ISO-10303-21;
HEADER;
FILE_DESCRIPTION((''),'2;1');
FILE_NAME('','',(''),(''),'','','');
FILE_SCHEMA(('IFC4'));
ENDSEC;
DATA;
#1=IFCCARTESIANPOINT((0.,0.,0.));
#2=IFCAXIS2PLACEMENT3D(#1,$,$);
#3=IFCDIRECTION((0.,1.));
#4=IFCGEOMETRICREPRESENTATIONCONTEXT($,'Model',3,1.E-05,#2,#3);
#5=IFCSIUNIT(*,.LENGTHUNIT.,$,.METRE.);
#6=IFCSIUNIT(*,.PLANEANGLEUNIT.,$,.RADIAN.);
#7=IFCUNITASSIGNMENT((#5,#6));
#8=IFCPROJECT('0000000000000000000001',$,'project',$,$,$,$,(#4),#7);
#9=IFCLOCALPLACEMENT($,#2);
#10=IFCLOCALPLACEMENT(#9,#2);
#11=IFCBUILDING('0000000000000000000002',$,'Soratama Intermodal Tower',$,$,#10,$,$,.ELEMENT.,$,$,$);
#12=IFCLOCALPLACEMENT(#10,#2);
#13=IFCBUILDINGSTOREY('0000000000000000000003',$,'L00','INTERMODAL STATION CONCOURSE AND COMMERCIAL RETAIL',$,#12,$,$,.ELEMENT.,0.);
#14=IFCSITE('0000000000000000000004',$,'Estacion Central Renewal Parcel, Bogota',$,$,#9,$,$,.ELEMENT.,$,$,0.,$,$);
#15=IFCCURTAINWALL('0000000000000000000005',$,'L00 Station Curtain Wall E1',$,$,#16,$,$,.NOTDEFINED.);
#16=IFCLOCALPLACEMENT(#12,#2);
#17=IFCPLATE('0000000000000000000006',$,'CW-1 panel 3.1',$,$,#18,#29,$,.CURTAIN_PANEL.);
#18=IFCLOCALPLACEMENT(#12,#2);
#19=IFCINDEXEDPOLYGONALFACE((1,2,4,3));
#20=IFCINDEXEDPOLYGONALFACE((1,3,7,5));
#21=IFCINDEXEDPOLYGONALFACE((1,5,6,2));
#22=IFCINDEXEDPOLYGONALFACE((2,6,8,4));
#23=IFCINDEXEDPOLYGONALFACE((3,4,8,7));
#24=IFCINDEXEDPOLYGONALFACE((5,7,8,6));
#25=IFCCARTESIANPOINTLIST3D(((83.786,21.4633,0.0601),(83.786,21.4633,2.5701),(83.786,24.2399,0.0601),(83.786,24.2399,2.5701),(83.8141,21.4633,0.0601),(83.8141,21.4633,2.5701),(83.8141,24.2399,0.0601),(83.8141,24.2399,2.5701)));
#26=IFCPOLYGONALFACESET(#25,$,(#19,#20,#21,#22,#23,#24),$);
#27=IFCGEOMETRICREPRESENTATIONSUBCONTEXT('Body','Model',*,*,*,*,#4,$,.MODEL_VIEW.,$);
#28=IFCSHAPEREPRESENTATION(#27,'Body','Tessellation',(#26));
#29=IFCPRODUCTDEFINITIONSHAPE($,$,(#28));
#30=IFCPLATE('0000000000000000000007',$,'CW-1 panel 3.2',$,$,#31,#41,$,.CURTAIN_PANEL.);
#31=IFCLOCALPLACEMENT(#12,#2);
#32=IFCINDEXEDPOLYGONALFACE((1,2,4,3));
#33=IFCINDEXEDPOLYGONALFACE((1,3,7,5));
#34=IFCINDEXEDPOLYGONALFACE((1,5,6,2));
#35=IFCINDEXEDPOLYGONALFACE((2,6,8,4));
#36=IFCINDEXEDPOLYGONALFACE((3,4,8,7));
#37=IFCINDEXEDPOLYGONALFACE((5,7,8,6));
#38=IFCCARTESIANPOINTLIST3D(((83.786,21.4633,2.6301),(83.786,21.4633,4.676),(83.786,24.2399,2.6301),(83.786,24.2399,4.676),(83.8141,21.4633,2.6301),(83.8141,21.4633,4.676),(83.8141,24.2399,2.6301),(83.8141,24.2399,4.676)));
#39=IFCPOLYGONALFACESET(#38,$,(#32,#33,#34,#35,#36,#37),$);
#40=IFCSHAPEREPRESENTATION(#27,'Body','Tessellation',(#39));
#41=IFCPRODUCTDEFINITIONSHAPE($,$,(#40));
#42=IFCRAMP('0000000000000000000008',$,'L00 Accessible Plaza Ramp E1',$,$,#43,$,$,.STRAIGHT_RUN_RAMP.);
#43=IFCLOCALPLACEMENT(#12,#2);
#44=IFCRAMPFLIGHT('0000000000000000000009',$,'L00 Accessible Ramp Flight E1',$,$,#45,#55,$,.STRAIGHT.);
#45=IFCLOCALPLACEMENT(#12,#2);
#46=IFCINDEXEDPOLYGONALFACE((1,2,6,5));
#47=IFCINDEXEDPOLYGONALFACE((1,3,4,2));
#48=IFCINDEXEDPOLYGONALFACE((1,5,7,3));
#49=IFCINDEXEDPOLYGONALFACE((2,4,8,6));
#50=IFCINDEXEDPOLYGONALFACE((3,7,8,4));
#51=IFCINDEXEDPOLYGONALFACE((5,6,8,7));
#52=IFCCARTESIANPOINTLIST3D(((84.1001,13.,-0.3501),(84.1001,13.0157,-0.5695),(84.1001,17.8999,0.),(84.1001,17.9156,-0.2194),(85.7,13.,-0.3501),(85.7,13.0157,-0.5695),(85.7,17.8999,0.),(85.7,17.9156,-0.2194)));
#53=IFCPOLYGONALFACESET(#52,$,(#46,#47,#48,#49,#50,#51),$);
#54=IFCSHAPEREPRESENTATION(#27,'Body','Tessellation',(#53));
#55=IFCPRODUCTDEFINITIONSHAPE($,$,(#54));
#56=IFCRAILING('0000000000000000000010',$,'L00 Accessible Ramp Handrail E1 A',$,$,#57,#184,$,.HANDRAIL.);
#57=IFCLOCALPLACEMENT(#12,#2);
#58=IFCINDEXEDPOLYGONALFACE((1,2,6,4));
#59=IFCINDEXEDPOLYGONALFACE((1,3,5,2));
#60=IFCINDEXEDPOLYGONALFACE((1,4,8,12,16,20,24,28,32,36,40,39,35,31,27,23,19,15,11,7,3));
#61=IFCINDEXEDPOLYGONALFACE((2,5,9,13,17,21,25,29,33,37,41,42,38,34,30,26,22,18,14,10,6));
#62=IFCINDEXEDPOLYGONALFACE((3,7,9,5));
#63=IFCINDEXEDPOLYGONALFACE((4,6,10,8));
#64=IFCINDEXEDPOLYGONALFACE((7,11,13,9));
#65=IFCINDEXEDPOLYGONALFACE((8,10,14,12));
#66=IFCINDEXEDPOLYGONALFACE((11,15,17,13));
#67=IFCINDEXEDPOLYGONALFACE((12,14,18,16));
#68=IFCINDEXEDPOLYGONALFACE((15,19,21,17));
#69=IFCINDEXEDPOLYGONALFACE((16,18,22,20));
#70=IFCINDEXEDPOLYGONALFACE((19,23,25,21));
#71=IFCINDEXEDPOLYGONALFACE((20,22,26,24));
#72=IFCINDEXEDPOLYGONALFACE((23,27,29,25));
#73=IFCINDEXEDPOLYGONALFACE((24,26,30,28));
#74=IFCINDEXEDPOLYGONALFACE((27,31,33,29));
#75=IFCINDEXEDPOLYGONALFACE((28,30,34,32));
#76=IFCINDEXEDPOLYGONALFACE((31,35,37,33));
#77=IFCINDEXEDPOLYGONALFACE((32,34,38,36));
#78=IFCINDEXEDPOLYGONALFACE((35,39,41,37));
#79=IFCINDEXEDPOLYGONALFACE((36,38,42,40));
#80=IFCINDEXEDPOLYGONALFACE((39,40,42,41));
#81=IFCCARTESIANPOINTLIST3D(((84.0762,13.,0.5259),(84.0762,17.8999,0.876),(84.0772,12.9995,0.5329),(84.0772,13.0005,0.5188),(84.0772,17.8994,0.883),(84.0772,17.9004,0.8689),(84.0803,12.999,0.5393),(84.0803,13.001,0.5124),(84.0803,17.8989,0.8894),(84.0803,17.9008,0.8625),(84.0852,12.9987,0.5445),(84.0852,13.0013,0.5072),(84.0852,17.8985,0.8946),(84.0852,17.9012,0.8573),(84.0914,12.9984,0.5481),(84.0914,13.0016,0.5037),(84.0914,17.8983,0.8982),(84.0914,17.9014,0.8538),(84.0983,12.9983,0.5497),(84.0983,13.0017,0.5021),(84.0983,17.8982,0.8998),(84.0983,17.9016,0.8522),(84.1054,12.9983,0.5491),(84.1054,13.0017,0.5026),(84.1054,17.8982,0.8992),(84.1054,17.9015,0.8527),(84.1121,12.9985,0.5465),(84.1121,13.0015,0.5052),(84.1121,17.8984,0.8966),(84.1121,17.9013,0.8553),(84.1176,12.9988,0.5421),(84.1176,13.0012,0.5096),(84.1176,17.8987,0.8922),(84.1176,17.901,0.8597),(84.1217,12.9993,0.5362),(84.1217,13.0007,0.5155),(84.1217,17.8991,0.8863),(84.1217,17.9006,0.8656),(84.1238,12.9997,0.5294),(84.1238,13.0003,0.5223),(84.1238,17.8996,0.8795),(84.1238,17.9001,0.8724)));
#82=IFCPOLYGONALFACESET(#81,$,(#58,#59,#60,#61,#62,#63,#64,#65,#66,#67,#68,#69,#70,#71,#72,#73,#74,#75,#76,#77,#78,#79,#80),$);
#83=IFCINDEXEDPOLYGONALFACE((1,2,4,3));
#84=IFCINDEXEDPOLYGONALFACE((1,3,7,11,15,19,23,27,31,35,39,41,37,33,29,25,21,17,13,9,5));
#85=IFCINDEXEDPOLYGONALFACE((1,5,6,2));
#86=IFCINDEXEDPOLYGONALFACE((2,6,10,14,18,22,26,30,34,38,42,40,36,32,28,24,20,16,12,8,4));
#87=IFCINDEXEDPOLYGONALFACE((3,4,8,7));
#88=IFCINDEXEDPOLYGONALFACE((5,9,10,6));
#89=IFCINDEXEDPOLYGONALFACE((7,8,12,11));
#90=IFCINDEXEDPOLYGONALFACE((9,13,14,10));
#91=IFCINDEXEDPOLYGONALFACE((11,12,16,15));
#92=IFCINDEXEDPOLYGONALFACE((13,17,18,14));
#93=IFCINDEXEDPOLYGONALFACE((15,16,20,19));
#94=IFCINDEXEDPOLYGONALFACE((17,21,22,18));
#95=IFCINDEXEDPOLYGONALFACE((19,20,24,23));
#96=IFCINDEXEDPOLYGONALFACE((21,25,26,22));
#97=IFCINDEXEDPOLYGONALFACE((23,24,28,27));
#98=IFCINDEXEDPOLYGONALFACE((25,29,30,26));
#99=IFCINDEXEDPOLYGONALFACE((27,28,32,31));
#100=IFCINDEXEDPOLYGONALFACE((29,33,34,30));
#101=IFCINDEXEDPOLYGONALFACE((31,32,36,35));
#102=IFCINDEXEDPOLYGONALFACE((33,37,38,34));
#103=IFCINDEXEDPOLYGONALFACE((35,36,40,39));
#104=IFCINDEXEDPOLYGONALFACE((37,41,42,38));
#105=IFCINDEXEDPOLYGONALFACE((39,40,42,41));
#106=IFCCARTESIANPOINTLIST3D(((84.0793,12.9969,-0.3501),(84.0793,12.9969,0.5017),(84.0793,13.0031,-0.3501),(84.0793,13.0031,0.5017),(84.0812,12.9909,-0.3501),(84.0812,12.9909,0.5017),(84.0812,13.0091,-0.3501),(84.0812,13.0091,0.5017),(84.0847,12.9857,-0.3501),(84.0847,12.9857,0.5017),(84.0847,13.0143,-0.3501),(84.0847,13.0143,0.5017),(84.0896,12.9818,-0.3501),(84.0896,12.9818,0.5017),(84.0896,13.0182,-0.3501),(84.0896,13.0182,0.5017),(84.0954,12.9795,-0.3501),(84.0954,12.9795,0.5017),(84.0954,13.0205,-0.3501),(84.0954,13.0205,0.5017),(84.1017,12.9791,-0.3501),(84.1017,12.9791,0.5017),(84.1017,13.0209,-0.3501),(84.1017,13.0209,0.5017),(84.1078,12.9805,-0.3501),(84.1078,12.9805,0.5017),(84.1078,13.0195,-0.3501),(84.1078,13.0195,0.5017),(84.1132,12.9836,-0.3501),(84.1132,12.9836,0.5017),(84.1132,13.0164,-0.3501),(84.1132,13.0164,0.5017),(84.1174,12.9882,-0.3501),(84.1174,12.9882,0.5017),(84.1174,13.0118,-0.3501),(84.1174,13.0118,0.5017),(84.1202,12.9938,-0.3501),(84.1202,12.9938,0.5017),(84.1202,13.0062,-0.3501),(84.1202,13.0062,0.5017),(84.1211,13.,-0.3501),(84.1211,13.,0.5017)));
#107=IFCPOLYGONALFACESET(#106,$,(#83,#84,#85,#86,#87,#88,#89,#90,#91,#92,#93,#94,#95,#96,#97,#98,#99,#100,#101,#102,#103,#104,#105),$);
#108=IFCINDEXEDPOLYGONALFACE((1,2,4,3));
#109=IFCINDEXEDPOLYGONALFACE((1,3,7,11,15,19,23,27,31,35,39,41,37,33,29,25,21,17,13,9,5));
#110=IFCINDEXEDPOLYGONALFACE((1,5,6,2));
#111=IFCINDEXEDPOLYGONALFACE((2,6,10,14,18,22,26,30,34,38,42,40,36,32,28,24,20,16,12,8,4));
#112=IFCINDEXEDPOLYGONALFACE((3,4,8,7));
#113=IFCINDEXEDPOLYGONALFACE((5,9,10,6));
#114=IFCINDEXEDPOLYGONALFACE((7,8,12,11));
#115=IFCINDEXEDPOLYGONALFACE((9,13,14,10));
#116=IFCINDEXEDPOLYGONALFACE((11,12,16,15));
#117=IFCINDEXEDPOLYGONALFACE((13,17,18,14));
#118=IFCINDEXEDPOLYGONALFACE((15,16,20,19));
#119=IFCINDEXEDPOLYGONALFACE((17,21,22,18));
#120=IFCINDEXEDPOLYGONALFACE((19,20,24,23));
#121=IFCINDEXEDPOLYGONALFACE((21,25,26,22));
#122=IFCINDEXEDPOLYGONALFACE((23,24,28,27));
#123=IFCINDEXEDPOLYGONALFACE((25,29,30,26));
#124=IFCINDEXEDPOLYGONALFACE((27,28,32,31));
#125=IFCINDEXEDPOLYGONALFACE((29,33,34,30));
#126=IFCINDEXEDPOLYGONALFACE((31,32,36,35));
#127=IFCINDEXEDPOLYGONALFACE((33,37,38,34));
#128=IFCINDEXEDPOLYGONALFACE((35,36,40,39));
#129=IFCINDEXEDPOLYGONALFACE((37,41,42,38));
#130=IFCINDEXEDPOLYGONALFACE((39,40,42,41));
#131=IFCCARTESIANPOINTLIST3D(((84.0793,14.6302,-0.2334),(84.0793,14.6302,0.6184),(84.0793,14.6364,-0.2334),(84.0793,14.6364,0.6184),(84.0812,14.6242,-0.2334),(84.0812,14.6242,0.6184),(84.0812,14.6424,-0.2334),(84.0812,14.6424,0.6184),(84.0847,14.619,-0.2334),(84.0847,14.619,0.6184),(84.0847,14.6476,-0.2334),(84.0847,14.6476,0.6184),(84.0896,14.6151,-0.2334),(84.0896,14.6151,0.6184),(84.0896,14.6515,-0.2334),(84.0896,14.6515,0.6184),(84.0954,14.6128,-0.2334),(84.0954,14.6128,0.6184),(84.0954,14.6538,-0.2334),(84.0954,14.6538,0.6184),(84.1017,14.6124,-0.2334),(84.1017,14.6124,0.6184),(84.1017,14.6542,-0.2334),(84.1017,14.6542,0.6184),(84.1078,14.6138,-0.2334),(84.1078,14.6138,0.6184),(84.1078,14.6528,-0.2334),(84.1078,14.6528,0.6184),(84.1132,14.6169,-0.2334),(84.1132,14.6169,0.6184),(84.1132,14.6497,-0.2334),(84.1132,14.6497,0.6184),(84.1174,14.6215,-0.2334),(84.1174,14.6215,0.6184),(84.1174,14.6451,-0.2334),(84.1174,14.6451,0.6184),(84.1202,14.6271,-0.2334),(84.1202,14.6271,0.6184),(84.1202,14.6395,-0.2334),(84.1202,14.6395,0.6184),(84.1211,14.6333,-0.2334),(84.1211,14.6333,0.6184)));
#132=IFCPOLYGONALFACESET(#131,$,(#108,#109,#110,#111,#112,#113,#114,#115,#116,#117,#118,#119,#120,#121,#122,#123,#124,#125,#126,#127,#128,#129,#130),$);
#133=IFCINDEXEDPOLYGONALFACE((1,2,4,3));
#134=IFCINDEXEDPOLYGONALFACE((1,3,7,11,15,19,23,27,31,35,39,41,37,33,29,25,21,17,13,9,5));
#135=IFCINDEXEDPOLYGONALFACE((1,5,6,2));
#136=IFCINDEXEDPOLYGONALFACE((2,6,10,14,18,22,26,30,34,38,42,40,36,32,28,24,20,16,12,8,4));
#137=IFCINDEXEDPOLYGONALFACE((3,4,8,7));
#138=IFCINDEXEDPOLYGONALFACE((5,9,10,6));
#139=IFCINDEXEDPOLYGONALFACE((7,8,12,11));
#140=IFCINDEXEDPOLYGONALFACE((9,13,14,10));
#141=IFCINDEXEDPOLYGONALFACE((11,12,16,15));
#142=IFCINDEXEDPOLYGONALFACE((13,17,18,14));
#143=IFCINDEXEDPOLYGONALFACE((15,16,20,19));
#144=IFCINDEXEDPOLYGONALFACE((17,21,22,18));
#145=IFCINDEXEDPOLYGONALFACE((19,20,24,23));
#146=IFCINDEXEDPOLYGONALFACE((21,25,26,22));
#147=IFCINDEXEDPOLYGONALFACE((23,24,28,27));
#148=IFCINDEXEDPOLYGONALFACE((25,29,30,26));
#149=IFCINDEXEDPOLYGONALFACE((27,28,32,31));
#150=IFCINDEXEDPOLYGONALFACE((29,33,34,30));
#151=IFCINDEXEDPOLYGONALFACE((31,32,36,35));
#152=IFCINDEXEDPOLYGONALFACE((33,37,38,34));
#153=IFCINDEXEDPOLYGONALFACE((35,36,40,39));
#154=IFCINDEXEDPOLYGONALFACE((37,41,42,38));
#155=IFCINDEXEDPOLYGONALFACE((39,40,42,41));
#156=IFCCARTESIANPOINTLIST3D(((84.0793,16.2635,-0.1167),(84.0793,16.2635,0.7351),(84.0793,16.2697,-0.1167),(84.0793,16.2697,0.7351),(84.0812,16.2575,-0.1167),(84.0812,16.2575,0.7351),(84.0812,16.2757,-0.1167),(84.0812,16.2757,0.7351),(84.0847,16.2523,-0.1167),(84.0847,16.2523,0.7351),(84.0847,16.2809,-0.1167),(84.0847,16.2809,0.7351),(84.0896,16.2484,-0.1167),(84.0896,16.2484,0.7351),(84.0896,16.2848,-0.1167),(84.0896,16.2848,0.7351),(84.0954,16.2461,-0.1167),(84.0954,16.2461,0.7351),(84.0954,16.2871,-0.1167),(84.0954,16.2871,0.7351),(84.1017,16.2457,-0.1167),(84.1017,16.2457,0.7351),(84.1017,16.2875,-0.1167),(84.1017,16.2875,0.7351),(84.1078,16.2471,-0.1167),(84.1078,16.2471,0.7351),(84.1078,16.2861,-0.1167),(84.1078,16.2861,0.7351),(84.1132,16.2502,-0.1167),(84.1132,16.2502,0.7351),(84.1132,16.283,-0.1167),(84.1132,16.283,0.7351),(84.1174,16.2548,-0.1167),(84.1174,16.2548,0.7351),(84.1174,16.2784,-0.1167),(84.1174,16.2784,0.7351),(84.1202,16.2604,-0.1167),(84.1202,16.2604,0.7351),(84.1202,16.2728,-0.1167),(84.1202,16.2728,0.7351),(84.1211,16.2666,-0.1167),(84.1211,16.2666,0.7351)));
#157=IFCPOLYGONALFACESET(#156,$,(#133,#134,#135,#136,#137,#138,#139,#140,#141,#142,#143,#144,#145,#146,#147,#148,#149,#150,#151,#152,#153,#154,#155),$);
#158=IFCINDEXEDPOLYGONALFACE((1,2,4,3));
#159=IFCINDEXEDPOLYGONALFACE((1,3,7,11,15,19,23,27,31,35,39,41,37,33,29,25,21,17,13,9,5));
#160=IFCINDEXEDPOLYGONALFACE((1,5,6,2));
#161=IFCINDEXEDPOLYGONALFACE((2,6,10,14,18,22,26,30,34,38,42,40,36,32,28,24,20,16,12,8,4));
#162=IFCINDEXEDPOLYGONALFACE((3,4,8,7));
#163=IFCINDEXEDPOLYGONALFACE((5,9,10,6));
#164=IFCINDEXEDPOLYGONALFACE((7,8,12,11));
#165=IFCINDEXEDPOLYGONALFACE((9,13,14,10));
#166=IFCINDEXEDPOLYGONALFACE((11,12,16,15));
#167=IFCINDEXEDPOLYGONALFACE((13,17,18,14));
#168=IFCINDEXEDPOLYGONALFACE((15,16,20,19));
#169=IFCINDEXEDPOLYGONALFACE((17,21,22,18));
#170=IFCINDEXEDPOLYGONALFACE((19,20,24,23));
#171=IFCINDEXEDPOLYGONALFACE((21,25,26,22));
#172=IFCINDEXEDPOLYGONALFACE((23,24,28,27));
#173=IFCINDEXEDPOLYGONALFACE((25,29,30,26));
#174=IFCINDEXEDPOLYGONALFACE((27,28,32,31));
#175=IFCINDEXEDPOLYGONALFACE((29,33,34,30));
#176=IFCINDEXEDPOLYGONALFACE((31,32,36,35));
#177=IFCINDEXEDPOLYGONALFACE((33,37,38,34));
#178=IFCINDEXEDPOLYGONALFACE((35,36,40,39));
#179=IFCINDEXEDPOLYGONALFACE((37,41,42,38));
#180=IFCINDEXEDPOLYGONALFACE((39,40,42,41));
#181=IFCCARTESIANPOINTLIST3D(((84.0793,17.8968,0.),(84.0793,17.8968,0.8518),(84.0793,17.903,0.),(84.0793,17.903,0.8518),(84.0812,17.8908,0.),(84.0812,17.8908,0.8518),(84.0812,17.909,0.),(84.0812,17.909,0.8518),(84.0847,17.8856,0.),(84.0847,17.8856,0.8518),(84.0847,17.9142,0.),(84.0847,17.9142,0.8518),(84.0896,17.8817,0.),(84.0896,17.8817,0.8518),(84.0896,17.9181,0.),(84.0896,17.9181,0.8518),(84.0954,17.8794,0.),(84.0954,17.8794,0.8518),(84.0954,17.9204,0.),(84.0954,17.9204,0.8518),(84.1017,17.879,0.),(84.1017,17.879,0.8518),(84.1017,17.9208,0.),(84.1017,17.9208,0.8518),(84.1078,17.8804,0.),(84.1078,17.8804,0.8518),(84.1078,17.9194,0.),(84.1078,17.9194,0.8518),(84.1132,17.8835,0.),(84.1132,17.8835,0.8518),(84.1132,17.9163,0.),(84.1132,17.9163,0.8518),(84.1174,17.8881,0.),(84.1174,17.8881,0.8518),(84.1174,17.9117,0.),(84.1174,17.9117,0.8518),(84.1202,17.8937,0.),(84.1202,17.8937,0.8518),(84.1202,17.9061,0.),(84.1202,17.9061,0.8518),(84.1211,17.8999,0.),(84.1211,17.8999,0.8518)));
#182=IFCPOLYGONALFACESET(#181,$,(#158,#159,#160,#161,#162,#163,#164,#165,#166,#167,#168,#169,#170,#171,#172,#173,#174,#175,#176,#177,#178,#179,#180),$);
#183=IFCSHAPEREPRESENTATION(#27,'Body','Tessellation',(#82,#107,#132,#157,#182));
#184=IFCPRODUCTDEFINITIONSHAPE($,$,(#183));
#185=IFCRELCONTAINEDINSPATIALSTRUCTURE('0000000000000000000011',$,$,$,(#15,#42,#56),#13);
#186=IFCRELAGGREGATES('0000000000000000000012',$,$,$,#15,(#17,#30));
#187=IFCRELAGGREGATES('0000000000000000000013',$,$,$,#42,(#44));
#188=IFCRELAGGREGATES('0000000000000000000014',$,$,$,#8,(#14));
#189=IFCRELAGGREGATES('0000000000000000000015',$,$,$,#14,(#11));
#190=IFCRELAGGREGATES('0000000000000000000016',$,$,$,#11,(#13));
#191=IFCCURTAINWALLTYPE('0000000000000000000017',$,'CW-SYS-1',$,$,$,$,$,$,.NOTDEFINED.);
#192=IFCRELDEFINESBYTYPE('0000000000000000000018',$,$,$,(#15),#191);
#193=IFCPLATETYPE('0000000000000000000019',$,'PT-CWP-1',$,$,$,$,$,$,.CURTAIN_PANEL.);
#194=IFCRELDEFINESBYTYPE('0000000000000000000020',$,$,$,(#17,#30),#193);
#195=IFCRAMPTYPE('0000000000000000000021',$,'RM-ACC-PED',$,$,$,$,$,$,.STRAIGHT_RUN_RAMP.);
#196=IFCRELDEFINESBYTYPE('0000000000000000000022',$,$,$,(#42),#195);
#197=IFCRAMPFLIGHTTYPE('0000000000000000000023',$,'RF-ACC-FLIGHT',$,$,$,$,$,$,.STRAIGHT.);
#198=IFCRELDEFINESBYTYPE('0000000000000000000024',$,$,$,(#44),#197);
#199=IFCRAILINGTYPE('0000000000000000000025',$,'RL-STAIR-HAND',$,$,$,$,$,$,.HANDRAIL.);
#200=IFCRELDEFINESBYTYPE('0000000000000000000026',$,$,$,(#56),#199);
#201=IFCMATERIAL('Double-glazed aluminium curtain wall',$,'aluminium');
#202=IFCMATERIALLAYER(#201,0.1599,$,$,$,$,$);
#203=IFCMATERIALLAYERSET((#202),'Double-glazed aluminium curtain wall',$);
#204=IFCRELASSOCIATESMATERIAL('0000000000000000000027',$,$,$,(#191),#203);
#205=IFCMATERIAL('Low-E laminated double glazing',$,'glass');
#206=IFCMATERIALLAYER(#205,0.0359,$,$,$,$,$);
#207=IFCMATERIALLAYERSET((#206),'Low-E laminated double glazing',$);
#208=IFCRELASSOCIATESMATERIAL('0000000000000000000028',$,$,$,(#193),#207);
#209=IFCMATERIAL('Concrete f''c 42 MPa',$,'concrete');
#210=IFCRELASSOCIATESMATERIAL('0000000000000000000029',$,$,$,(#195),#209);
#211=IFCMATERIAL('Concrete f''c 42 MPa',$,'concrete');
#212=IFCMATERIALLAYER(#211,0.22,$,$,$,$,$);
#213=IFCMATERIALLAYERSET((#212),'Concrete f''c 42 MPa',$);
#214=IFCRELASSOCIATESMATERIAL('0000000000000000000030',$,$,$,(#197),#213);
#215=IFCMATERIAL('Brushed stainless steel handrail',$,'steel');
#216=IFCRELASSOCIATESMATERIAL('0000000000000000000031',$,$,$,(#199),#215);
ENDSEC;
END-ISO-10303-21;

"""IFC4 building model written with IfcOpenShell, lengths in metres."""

from ifc_helpers import new_model, si_unit, direction, frame, origin, origin_2d, place, context, subcontext, project, spatial, polyline, rectangle, circle, outline, extrude, material, layer, layer_set, type_object, element, aggregate, save


model = new_model("IFC4")

# Units and contexts
model_context = context("Model", 3, precision=1e-05, world=origin(), true_north=direction((0.0, 1.0)))
body_context = subcontext(model_context, "Body", "Model", "MODEL_VIEW")
ifc_project = project(units=[si_unit("LENGTHUNIT", "METRE"), si_unit("PLANEANGLEUNIT", "RADIAN")], contexts=[model_context])

# Site, building, storey
site_placement = place(None, origin())
site = spatial("IfcSite", under=ifc_project, at=site_placement, Name="Estacion Central Renewal Parcel, Bogota", CompositionType="ELEMENT", RefElevation=0.0)
building_placement = place(site_placement, origin())
building = spatial("IfcBuilding", under=site, at=building_placement, Name="Soratama Intermodal Tower", CompositionType="ELEMENT")
storey_placement = place(building_placement, origin())
storey = spatial("IfcBuildingStorey", under=building, at=storey_placement, Name="L00", Description="INTERMODAL STATION CONCOURSE AND COMMERCIAL RETAIL", CompositionType="ELEMENT", Elevation=0.0)

# Curtain wall
ifc_material_1 = material(Name="Double-glazed aluminium curtain wall", Category="aluminium")
ifc_layer_1 = layer(ifc_material_1, 0.1599)
ifc_layer_set_1 = layer_set([ifc_layer_1], Name="Double-glazed aluminium curtain wall")
curtain_wall_type = type_object("IfcCurtainWallType", Name="CW-SYS-1", PredefinedType="NOTDEFINED", material=ifc_layer_set_1)
curtain_wall_1_placement = place(storey_placement, origin())
curtain_wall_1 = element("IfcCurtainWall", 1, at=curtain_wall_1_placement, inside=storey, type_object=curtain_wall_type, Name="L00 Station Curtain Wall E1", PredefinedType="NOTDEFINED")

# Plates
ifc_material_2 = material(Name="Low-E laminated double glazing", Category="glass")
ifc_layer_2 = layer(ifc_material_2, 0.0359)
ifc_layer_set_2 = layer_set([ifc_layer_2], Name="Low-E laminated double glazing")
plate_type = type_object("IfcPlateType", Name="PT-CWP-1", PredefinedType="CURTAIN_PANEL", material=ifc_layer_set_2)
plate_1_placement = place(storey_placement, frame((83.8, 22.8516, 0.0601), z_axis=(0.0, 0.0, 1.0), x_axis=(0.0, 1.0, 0.0)))
plate_1 = element("IfcPlate", 2, at=plate_1_placement, type_object=plate_type, Name="CW-1 panel 3.1", PredefinedType="CURTAIN_PANEL", context=body_context, shape_type="SweptSolid", body=[
    extrude(rectangle(XDim=2.7766, YDim=0.0281, at=origin_2d()), origin(), (0.0, 0.0, 1.0), 2.51),
])
plate_2_placement = place(storey_placement, frame((83.8, 22.8516, 2.6301), z_axis=(0.0, 0.0, 1.0), x_axis=(0.0, 1.0, 0.0)))
plate_2 = element("IfcPlate", 3, at=plate_2_placement, type_object=plate_type, Name="CW-1 panel 3.2", PredefinedType="CURTAIN_PANEL", context=body_context, shape_type="SweptSolid", body=[
    extrude(rectangle(XDim=2.7766, YDim=0.0281, at=origin_2d()), origin(), (0.0, 0.0, 1.0), 2.0459),
])
aggregate(curtain_wall_1, [plate_1, plate_2])

# Ramp, ramp flight
ifc_material_3 = material(Name="Concrete f'c 42 MPa", Category="concrete")
ramp_type = type_object("IfcRampType", Name="RM-ACC-PED", PredefinedType="STRAIGHT_RUN_RAMP", material=ifc_material_3)
ramp_placement = place(storey_placement, origin())
ramp = element("IfcRamp", 4, at=ramp_placement, inside=storey, type_object=ramp_type, Name="L00 Accessible Plaza Ramp E1", PredefinedType="STRAIGHT_RUN_RAMP")
ifc_material_4 = material(Name="Concrete f'c 42 MPa", Category="concrete")
ifc_layer_3 = layer(ifc_material_4, 0.22)
ifc_layer_set_3 = layer_set([ifc_layer_3], Name="Concrete f'c 42 MPa")
ramp_flight_type = type_object("IfcRampFlightType", Name="RF-ACC-FLIGHT", PredefinedType="STRAIGHT", material=ifc_layer_set_3)
ramp_flight_placement = place(storey_placement, frame((84.1001, 13.0, -0.3501), z_axis=(0.0, -0.071268, 0.997457), x_axis=(1.0, 0.0, 0.0)))
ramp_flight = element("IfcRampFlight", 5, at=ramp_flight_placement, type_object=ramp_flight_type, Name="L00 Accessible Ramp Flight E1", PredefinedType="STRAIGHT", context=body_context, shape_type="SweptSolid", body=[
    extrude(outline(polyline([(0.0, 0.0), (1.5999, 0.0), (1.5999, 4.9124), (0.0, 4.9124), (0.0, 0.0)])), origin(), (0.0, 0.0, -1.0), 0.22),
])
aggregate(ramp, [ramp_flight])

# Railing
ifc_material_5 = material(Name="Brushed stainless steel handrail", Category="steel")
railing_type = type_object("IfcRailingType", Name="RL-STAIR-HAND", PredefinedType="HANDRAIL", material=ifc_material_5)
for number, where, name in (
    (6, (84.1001, 13.0, -0.3501), "L00 Accessible Ramp Handrail E1 A"),
):
    element("IfcRailing", number, at=place(storey_placement, frame(where)), inside=storey, type_object=railing_type, Name=name, PredefinedType="HANDRAIL", context=body_context, shape_type="SweptSolid", body=[
        extrude(circle(Radius=0.0239, at=origin_2d()), frame((0.0, 0.0, 0.876), z_axis=(0.0, 0.997457, 0.071268), x_axis=(-1.0, 0.0, 0.0)), (0.0, 0.0, 1.0), 4.9124),
        extrude(circle(Radius=0.021, at=origin_2d()), origin(), (0.0, 0.0, 1.0), 0.8518),
        extrude(circle(Radius=0.021, at=origin_2d()), frame((0.0, 1.6333, 0.1167)), (0.0, 0.0, 1.0), 0.8518),
        extrude(circle(Radius=0.021, at=origin_2d()), frame((0.0, 3.2666, 0.2334)), (0.0, 0.0, 1.0), 0.8518),
        extrude(circle(Radius=0.021, at=origin_2d()), frame((0.0, 4.8999, 0.3501)), (0.0, 0.0, 1.0), 0.8518),
    ])

save(model, "model.ifc")
